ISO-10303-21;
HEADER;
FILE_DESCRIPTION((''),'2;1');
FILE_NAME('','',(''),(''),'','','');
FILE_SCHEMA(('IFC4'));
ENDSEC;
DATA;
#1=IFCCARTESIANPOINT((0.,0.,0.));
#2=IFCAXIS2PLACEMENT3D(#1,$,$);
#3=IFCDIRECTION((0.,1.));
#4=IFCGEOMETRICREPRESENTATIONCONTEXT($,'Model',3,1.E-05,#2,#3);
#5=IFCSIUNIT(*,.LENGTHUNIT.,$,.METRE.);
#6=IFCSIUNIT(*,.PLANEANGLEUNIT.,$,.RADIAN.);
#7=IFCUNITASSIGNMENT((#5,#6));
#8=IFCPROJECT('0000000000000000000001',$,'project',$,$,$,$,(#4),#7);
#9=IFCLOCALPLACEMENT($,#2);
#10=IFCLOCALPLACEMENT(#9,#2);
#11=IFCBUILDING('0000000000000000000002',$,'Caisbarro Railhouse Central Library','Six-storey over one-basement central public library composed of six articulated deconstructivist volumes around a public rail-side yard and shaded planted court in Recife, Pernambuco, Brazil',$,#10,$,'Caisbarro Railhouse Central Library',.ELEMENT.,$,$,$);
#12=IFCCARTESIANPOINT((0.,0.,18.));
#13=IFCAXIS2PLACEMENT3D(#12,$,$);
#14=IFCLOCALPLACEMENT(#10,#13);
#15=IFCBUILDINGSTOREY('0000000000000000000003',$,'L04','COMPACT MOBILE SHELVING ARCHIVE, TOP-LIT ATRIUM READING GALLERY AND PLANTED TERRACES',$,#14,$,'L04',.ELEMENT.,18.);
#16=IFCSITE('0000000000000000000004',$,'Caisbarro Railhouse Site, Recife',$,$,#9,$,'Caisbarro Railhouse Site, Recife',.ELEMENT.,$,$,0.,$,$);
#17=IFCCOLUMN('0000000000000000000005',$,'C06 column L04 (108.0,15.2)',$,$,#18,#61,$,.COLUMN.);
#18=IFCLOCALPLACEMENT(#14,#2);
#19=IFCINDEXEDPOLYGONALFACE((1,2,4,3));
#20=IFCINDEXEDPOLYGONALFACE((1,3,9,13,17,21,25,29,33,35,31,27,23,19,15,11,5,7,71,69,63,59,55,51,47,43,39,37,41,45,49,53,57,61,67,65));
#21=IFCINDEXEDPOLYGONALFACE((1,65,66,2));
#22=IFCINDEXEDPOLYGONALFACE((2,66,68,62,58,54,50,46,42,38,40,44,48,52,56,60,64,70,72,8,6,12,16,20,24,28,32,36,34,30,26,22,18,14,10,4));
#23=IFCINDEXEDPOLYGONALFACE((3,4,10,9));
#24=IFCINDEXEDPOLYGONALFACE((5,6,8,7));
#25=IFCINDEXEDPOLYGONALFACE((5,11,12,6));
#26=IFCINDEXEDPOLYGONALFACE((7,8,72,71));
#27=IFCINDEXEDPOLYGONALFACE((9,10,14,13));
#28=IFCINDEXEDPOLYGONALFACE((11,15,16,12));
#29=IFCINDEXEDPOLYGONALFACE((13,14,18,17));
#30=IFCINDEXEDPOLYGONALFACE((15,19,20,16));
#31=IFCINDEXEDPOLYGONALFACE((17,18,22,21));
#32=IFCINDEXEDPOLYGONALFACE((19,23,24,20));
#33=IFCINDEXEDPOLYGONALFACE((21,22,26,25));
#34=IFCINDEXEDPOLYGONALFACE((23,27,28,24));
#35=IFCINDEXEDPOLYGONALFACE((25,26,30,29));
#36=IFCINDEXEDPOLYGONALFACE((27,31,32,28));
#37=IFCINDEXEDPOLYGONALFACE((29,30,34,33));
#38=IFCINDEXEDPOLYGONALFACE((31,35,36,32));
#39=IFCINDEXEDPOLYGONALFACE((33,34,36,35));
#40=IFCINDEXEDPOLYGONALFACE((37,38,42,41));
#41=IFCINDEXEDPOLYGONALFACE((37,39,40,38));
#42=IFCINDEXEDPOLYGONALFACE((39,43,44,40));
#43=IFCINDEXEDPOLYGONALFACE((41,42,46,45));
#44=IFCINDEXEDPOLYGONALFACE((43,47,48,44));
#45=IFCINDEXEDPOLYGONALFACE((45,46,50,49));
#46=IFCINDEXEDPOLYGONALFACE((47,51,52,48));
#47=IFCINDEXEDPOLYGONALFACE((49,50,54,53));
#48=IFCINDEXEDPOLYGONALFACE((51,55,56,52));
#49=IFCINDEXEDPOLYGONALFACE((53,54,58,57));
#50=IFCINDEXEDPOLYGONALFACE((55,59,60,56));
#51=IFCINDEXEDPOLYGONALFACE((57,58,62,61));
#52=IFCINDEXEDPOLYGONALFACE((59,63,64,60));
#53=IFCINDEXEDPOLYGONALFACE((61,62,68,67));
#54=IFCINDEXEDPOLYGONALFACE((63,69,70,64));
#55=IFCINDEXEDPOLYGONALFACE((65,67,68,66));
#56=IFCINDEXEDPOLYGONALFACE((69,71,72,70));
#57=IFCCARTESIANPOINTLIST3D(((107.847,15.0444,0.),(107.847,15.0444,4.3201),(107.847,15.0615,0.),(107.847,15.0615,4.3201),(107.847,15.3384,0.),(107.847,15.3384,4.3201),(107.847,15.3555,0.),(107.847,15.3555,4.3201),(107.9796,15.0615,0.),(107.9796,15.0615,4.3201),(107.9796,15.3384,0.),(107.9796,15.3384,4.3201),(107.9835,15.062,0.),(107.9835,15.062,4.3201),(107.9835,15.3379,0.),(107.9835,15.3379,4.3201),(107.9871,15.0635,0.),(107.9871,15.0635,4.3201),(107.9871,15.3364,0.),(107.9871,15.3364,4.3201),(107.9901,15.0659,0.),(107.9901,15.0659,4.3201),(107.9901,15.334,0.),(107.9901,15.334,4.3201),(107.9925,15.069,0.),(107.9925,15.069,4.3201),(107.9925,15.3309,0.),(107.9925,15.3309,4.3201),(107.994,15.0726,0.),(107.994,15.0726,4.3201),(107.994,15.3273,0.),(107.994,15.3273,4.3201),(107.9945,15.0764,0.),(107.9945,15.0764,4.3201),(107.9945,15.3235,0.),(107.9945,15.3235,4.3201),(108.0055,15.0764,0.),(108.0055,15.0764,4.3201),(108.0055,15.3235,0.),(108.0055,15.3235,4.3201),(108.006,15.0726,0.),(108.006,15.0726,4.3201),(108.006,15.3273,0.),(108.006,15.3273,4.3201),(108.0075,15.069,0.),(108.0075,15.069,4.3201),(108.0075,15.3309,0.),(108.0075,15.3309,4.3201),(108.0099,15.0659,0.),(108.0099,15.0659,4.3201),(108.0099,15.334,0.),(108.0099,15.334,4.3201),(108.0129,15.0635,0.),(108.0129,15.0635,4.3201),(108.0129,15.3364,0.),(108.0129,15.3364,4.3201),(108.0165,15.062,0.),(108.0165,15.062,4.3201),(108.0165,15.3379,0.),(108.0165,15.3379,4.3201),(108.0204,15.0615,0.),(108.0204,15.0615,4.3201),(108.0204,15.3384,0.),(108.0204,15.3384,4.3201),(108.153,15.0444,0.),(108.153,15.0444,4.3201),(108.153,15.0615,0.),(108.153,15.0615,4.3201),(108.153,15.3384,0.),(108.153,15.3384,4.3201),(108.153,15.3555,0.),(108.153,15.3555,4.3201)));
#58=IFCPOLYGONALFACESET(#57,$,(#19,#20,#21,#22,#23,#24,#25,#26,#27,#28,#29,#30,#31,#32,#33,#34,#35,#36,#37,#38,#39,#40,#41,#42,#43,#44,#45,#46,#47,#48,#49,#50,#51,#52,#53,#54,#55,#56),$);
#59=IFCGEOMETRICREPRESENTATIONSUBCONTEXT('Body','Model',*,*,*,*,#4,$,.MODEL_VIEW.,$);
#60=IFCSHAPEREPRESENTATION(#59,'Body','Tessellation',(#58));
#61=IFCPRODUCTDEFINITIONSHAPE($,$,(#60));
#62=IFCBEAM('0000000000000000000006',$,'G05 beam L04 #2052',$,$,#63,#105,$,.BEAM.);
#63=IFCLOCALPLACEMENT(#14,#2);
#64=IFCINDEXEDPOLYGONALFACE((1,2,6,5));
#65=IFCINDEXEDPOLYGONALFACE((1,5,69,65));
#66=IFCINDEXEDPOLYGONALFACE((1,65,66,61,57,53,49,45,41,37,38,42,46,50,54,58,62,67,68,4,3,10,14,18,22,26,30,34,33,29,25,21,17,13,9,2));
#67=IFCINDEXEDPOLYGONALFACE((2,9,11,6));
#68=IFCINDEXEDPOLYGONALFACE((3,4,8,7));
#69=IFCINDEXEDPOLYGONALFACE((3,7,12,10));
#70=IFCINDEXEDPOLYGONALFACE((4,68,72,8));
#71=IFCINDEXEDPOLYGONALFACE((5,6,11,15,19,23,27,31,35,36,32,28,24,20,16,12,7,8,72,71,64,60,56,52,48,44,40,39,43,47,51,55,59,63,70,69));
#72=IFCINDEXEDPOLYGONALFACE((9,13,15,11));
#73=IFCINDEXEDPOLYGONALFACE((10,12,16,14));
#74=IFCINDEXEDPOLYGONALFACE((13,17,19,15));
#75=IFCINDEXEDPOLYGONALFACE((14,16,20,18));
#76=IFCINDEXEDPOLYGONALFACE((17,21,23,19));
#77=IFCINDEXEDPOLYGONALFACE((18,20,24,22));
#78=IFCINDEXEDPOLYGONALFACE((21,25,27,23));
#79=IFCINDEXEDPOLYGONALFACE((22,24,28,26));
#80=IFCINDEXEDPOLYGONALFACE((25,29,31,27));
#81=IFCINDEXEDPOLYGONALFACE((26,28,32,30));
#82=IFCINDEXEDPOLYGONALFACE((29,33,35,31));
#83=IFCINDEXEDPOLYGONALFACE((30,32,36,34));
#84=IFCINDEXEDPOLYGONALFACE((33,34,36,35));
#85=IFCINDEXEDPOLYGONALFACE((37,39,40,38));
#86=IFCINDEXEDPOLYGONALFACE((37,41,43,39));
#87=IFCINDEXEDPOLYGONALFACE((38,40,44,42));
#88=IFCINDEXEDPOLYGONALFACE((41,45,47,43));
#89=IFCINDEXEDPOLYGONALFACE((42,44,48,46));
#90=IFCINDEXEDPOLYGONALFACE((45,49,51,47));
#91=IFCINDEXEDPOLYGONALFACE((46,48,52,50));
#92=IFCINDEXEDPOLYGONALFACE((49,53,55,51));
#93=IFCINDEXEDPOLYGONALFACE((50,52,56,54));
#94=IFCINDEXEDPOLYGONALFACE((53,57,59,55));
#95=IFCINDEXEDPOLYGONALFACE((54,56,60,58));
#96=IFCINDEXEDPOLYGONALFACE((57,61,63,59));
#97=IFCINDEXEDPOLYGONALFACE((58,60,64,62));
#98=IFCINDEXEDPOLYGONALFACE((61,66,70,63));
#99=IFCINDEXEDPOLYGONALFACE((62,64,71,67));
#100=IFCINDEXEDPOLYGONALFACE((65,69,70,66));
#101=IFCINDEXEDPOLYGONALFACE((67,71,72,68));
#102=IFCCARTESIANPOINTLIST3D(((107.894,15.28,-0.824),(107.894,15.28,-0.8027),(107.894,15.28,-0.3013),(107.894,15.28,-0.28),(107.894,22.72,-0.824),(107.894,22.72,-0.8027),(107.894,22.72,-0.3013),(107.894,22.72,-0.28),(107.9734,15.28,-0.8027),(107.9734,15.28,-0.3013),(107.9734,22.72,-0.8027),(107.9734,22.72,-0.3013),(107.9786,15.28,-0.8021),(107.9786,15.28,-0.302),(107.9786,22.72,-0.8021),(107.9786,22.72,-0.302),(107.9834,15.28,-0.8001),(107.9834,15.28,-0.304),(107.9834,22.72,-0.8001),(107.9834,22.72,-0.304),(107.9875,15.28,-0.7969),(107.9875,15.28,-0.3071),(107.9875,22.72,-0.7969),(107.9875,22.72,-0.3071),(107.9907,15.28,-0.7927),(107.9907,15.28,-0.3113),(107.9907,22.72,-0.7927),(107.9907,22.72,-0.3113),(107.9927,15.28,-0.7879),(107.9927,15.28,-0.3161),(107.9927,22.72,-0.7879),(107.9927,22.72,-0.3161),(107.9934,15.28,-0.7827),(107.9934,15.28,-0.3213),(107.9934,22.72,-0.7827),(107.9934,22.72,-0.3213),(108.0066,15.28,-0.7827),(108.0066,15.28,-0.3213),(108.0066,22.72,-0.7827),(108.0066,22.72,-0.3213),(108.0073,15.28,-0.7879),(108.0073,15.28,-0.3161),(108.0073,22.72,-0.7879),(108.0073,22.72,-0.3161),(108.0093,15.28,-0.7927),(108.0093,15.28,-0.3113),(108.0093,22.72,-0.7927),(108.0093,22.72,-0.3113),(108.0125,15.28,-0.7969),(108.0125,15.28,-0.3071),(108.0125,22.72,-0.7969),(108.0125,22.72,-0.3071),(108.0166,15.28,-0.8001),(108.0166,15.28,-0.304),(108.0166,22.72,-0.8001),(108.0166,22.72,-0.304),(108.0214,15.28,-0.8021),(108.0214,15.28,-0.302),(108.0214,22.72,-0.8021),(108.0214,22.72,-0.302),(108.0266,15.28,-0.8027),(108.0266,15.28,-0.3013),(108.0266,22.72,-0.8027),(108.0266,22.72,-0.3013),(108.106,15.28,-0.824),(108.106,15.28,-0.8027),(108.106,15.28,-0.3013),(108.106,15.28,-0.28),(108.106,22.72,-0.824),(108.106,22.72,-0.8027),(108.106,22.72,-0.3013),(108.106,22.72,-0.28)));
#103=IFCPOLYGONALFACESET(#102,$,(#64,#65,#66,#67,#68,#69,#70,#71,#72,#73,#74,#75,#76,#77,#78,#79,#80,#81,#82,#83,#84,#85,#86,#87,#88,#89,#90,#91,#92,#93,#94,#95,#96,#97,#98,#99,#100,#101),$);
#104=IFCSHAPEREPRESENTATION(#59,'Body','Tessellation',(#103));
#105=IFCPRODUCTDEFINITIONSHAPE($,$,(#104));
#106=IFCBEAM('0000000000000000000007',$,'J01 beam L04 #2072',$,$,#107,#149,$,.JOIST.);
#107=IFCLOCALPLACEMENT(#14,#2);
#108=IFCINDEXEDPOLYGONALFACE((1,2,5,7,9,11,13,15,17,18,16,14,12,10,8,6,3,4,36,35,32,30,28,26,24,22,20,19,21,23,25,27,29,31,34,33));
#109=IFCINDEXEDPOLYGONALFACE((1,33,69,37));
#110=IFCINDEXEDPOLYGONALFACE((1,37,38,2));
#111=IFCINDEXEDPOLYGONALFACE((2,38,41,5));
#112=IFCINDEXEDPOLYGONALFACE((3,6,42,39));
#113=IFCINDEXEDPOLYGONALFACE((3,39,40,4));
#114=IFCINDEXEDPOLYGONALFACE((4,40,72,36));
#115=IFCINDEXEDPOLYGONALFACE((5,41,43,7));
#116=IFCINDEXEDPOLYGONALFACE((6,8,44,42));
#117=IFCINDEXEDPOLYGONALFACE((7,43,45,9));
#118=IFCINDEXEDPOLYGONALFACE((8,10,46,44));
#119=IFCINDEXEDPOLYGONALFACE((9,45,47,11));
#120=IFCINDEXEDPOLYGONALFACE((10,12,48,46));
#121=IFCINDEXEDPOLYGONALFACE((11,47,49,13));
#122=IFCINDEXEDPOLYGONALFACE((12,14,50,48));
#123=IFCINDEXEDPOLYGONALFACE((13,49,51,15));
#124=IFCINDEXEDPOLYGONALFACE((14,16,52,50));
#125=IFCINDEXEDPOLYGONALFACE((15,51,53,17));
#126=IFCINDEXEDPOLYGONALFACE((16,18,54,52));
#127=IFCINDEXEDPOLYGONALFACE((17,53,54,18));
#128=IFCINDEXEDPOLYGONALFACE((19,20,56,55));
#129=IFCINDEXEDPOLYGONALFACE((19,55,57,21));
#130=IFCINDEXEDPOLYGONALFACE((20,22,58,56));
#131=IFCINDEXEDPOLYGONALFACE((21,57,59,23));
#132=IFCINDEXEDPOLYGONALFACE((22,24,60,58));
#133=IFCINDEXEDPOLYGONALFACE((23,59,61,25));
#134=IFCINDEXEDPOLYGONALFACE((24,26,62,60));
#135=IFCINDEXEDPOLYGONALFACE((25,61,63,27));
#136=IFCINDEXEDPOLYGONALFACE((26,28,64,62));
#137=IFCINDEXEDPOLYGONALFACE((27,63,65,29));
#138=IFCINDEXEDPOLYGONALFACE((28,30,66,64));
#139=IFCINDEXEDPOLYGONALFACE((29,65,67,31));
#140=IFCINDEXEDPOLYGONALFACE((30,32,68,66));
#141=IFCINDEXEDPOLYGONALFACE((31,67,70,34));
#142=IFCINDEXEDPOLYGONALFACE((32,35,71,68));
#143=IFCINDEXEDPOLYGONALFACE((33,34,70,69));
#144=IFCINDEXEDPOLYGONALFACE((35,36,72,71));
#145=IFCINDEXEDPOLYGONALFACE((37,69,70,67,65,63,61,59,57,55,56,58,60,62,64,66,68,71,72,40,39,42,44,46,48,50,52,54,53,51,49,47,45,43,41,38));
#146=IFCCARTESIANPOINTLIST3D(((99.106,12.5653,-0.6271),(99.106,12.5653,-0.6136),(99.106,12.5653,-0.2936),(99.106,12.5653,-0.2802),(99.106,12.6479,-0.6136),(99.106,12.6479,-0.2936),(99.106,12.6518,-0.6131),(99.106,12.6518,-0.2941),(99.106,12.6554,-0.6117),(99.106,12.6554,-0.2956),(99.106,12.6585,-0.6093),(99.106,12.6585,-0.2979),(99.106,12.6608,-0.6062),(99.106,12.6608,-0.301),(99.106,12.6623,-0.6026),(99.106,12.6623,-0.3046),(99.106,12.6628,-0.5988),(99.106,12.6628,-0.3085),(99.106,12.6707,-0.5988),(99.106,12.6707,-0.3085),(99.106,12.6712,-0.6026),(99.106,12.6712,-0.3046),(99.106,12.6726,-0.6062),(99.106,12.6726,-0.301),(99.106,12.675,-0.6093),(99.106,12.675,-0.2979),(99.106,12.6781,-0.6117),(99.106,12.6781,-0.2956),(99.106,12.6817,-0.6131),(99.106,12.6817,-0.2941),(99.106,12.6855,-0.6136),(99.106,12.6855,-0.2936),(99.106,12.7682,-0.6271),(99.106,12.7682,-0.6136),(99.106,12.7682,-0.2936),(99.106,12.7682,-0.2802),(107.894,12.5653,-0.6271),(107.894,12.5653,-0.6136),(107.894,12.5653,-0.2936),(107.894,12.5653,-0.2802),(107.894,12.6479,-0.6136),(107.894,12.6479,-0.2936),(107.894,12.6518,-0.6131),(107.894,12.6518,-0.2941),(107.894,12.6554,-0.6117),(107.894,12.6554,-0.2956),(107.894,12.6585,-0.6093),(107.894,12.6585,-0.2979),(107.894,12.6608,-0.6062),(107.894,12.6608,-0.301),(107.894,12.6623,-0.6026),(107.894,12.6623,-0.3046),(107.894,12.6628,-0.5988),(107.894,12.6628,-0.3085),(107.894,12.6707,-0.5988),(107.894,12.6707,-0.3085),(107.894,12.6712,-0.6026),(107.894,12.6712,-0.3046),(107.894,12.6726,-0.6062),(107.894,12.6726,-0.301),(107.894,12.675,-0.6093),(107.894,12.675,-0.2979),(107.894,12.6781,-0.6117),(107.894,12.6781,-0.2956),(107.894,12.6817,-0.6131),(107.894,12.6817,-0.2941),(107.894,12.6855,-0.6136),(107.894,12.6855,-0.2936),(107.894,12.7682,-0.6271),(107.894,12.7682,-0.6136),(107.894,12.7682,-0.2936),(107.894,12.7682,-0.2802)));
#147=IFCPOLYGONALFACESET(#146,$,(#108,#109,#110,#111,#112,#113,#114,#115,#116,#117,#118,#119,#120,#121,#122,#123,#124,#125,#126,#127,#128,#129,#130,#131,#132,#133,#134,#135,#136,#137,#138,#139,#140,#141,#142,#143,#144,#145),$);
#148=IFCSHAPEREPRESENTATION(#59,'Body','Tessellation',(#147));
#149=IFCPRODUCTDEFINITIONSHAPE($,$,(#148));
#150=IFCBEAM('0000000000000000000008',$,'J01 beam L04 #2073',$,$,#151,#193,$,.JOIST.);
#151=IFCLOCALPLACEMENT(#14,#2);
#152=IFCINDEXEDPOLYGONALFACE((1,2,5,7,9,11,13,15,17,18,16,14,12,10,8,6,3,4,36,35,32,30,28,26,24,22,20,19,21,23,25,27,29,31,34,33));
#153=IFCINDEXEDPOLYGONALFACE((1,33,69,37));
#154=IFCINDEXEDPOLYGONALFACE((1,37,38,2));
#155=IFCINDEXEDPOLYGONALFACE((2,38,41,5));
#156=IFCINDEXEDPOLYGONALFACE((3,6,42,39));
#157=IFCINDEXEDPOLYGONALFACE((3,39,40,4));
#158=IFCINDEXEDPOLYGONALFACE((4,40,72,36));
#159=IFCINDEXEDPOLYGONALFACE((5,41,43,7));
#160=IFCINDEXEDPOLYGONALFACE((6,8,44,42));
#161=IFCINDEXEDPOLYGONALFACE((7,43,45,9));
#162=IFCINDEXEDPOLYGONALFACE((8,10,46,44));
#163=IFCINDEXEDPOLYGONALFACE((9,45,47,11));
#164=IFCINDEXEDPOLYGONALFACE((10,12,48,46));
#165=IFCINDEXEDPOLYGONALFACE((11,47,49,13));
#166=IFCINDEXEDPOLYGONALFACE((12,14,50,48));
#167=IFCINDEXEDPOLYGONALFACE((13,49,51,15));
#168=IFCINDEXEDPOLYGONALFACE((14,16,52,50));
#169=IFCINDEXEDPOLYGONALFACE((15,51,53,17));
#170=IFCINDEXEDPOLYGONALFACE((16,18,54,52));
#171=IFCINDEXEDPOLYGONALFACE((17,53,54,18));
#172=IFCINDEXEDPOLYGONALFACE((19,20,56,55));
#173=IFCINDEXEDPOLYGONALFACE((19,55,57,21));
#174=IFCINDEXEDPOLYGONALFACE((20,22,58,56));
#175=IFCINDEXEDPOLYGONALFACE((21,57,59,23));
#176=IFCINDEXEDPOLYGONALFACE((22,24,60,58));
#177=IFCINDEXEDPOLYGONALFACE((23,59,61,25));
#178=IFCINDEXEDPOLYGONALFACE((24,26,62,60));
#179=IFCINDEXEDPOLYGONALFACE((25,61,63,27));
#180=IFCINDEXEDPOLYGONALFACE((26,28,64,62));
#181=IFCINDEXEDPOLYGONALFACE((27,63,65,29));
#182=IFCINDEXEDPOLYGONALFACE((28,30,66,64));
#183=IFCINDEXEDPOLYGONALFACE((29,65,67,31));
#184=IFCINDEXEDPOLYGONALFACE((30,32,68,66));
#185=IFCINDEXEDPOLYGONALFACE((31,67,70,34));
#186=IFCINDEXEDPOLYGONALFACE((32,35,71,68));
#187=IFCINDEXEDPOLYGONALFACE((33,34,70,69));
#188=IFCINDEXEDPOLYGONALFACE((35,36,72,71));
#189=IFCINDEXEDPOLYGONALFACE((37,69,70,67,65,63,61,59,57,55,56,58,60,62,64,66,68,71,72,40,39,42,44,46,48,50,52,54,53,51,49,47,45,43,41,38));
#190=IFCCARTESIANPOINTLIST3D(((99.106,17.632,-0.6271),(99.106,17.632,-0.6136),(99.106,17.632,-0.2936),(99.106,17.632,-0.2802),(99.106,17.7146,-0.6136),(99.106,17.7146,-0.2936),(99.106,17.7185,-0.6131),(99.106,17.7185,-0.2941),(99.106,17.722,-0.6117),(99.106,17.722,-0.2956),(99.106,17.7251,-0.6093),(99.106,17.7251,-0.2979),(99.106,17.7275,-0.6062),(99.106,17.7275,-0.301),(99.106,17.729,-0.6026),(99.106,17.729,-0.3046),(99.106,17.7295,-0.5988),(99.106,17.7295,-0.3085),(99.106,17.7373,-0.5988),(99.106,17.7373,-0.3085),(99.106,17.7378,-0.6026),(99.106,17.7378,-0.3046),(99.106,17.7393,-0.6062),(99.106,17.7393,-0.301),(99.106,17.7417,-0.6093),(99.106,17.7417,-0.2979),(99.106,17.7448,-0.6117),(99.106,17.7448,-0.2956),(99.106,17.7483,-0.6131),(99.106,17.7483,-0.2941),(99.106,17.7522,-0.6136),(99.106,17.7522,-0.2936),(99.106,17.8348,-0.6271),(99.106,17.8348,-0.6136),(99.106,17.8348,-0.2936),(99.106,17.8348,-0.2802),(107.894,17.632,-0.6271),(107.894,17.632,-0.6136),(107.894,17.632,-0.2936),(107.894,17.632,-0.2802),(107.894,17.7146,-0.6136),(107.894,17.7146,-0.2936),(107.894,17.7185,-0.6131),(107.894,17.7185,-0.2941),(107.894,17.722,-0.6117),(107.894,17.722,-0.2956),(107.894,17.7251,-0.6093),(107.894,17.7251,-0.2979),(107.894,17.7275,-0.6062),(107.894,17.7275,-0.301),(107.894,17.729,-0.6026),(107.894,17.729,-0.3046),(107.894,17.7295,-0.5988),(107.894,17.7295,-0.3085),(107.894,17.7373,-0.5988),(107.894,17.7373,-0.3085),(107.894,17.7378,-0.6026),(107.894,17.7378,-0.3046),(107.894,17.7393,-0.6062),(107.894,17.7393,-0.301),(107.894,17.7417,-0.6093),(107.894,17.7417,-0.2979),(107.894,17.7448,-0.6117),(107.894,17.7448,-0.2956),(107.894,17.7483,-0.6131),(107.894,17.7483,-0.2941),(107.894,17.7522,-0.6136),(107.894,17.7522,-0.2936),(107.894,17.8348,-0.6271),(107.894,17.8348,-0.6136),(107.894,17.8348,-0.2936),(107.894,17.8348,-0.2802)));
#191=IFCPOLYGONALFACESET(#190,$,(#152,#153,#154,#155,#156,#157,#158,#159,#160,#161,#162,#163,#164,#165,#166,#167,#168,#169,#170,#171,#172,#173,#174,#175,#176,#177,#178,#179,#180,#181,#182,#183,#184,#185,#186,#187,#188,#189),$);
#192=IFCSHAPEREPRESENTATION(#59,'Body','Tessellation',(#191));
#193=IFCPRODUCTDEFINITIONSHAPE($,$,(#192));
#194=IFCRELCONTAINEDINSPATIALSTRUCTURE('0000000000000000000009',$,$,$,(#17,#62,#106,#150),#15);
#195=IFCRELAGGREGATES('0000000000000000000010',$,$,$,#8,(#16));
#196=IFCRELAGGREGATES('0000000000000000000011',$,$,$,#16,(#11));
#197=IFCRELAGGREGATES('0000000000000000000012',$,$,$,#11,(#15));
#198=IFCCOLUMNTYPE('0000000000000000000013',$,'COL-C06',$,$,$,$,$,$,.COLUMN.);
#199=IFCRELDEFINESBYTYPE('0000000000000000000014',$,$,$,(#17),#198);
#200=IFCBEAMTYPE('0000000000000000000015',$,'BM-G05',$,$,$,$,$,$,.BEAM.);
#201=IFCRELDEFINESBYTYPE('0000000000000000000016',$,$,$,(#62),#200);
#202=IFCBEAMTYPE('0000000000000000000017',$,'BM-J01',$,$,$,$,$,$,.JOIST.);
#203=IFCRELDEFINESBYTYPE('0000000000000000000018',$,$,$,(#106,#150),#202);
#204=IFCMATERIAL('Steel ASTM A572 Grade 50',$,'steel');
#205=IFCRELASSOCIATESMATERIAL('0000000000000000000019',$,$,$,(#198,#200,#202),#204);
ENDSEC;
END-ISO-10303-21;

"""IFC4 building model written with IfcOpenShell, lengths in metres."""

from ifc_helpers import new_model, si_unit, direction, frame, origin, origin_2d, place, context, subcontext, project, spatial, i_section, extrude, material, material_profile, profile_set, type_object, element, save


model = new_model("IFC4")

# Units and contexts
model_context = context("Model", 3, precision=1e-05, world=origin(), true_north=direction((0.0, 1.0)))
body_context = subcontext(model_context, "Body", "Model", "MODEL_VIEW")
ifc_project = project(units=[si_unit("LENGTHUNIT", "METRE"), si_unit("PLANEANGLEUNIT", "RADIAN")], contexts=[model_context])

# Site, building, storey
site_placement = place(None, origin())
site = spatial("IfcSite", under=ifc_project, at=site_placement, Name="Caisbarro Railhouse Site, Recife", LongName="Caisbarro Railhouse Site, Recife", CompositionType="ELEMENT", RefElevation=0.0)
building_placement = place(site_placement, origin())
building = spatial("IfcBuilding", under=site, at=building_placement, Name="Caisbarro Railhouse Central Library", Description="Six-storey over one-basement central public library composed of six articulated deconstructivist volumes around a public rail-side yard and shaded planted court in Recife, Pernambuco, Brazil", LongName="Caisbarro Railhouse Central Library", CompositionType="ELEMENT")
storey_placement = place(building_placement, frame((0.0, 0.0, 18.0)))
storey = spatial("IfcBuildingStorey", under=building, at=storey_placement, Name="L04", Description="COMPACT MOBILE SHELVING ARCHIVE, TOP-LIT ATRIUM READING GALLERY AND PLANTED TERRACES", LongName="L04", CompositionType="ELEMENT", Elevation=18.0)

# Column
ifc_material_1 = material(Name="Steel ASTM A572 Grade 50", Category="steel")
ifc_material_profile_1 = material_profile(ifc_material_1, i_section(OverallWidth=0.3059, OverallDepth=0.311, WebThickness=0.011, FlangeThickness=0.0171, FilletRadius=0.0149, at=origin_2d()), Name="W310X107.0")
ifc_profile_set_1 = profile_set([ifc_material_profile_1], Name="Steel ASTM A572 Grade 50")
column_type = type_object("IfcColumnType", Name="COL-C06", PredefinedType="COLUMN", material=ifc_profile_set_1)
column_placement = place(storey_placement, frame((108.0, 15.2, 0.0), z_axis=(0.0, 0.0, 1.0), x_axis=(1.0, 0.0, 0.0)))
element("IfcColumn", 1, at=column_placement, inside=storey, type_object=column_type, Name="C06 column L04 (108.0,15.2)", PredefinedType="COLUMN", context=body_context, shape_type="SweptSolid", body=[
    extrude(i_section(OverallWidth=0.3059, OverallDepth=0.311, WebThickness=0.011, FlangeThickness=0.0171, FilletRadius=0.0149, at=origin_2d()), origin(), (0.0, 0.0, 1.0), 4.3201),
])

# Beams
ifc_material_profile_2 = material_profile(ifc_material_1, i_section(OverallWidth=0.2119, OverallDepth=0.5439, WebThickness=0.0132, FlangeThickness=0.0212, FilletRadius=0.02, at=origin_2d()), Name="W530X123.0")
ifc_profile_set_2 = profile_set([ifc_material_profile_2], Name="Steel ASTM A572 Grade 50")
beam_type_1 = type_object("IfcBeamType", Name="BM-G05", PredefinedType="BEAM", material=ifc_profile_set_2)
beam_placement = place(storey_placement, frame((108.0, 15.28, -0.552), z_axis=(0.0, 1.0, 0.0), x_axis=(-1.0, 0.0, 0.0)))
element("IfcBeam", 2, at=beam_placement, inside=storey, type_object=beam_type_1, Name="G05 beam L04 #2052", PredefinedType="BEAM", context=body_context, shape_type="SweptSolid", body=[
    extrude(i_section(OverallWidth=0.2119, OverallDepth=0.5439, WebThickness=0.0132, FlangeThickness=0.0212, FilletRadius=0.02, at=origin_2d()), origin(), (0.0, 0.0, 1.0), 7.4399),
])
ifc_material_profile_3 = material_profile(ifc_material_1, i_section(OverallWidth=0.2029, OverallDepth=0.3469, WebThickness=0.0078, FlangeThickness=0.0134, FilletRadius=0.0149, at=origin_2d()), Name="W360X64.0")
ifc_profile_set_3 = profile_set([ifc_material_profile_3], Name="Steel ASTM A572 Grade 50")
beam_type_2 = type_object("IfcBeamType", Name="BM-J01", PredefinedType="JOIST", material=ifc_profile_set_3)
for number, where, z_axis, x_axis, name in (
    (3, (99.106, 12.6667, -0.4536), (1.0, 0.0, 0.0), (0.0, 1.0, 0.0), "J01 beam L04 #2072"),
    (4, (99.106, 17.7334, -0.4536), (1.0, 0.0, 0.0), (0.0, 1.0, 0.0), "J01 beam L04 #2073"),
):
    element("IfcBeam", number, at=place(storey_placement, frame(where, z_axis=z_axis, x_axis=x_axis)), inside=storey, type_object=beam_type_2, Name=name, PredefinedType="JOIST", context=body_context, shape_type="SweptSolid", body=[
        extrude(i_section(OverallWidth=0.2029, OverallDepth=0.3469, WebThickness=0.0078, FlangeThickness=0.0134, FilletRadius=0.0149, at=origin_2d()), origin(), (0.0, 0.0, 1.0), 8.7881),
    ])

save(model, "model.ifc")
